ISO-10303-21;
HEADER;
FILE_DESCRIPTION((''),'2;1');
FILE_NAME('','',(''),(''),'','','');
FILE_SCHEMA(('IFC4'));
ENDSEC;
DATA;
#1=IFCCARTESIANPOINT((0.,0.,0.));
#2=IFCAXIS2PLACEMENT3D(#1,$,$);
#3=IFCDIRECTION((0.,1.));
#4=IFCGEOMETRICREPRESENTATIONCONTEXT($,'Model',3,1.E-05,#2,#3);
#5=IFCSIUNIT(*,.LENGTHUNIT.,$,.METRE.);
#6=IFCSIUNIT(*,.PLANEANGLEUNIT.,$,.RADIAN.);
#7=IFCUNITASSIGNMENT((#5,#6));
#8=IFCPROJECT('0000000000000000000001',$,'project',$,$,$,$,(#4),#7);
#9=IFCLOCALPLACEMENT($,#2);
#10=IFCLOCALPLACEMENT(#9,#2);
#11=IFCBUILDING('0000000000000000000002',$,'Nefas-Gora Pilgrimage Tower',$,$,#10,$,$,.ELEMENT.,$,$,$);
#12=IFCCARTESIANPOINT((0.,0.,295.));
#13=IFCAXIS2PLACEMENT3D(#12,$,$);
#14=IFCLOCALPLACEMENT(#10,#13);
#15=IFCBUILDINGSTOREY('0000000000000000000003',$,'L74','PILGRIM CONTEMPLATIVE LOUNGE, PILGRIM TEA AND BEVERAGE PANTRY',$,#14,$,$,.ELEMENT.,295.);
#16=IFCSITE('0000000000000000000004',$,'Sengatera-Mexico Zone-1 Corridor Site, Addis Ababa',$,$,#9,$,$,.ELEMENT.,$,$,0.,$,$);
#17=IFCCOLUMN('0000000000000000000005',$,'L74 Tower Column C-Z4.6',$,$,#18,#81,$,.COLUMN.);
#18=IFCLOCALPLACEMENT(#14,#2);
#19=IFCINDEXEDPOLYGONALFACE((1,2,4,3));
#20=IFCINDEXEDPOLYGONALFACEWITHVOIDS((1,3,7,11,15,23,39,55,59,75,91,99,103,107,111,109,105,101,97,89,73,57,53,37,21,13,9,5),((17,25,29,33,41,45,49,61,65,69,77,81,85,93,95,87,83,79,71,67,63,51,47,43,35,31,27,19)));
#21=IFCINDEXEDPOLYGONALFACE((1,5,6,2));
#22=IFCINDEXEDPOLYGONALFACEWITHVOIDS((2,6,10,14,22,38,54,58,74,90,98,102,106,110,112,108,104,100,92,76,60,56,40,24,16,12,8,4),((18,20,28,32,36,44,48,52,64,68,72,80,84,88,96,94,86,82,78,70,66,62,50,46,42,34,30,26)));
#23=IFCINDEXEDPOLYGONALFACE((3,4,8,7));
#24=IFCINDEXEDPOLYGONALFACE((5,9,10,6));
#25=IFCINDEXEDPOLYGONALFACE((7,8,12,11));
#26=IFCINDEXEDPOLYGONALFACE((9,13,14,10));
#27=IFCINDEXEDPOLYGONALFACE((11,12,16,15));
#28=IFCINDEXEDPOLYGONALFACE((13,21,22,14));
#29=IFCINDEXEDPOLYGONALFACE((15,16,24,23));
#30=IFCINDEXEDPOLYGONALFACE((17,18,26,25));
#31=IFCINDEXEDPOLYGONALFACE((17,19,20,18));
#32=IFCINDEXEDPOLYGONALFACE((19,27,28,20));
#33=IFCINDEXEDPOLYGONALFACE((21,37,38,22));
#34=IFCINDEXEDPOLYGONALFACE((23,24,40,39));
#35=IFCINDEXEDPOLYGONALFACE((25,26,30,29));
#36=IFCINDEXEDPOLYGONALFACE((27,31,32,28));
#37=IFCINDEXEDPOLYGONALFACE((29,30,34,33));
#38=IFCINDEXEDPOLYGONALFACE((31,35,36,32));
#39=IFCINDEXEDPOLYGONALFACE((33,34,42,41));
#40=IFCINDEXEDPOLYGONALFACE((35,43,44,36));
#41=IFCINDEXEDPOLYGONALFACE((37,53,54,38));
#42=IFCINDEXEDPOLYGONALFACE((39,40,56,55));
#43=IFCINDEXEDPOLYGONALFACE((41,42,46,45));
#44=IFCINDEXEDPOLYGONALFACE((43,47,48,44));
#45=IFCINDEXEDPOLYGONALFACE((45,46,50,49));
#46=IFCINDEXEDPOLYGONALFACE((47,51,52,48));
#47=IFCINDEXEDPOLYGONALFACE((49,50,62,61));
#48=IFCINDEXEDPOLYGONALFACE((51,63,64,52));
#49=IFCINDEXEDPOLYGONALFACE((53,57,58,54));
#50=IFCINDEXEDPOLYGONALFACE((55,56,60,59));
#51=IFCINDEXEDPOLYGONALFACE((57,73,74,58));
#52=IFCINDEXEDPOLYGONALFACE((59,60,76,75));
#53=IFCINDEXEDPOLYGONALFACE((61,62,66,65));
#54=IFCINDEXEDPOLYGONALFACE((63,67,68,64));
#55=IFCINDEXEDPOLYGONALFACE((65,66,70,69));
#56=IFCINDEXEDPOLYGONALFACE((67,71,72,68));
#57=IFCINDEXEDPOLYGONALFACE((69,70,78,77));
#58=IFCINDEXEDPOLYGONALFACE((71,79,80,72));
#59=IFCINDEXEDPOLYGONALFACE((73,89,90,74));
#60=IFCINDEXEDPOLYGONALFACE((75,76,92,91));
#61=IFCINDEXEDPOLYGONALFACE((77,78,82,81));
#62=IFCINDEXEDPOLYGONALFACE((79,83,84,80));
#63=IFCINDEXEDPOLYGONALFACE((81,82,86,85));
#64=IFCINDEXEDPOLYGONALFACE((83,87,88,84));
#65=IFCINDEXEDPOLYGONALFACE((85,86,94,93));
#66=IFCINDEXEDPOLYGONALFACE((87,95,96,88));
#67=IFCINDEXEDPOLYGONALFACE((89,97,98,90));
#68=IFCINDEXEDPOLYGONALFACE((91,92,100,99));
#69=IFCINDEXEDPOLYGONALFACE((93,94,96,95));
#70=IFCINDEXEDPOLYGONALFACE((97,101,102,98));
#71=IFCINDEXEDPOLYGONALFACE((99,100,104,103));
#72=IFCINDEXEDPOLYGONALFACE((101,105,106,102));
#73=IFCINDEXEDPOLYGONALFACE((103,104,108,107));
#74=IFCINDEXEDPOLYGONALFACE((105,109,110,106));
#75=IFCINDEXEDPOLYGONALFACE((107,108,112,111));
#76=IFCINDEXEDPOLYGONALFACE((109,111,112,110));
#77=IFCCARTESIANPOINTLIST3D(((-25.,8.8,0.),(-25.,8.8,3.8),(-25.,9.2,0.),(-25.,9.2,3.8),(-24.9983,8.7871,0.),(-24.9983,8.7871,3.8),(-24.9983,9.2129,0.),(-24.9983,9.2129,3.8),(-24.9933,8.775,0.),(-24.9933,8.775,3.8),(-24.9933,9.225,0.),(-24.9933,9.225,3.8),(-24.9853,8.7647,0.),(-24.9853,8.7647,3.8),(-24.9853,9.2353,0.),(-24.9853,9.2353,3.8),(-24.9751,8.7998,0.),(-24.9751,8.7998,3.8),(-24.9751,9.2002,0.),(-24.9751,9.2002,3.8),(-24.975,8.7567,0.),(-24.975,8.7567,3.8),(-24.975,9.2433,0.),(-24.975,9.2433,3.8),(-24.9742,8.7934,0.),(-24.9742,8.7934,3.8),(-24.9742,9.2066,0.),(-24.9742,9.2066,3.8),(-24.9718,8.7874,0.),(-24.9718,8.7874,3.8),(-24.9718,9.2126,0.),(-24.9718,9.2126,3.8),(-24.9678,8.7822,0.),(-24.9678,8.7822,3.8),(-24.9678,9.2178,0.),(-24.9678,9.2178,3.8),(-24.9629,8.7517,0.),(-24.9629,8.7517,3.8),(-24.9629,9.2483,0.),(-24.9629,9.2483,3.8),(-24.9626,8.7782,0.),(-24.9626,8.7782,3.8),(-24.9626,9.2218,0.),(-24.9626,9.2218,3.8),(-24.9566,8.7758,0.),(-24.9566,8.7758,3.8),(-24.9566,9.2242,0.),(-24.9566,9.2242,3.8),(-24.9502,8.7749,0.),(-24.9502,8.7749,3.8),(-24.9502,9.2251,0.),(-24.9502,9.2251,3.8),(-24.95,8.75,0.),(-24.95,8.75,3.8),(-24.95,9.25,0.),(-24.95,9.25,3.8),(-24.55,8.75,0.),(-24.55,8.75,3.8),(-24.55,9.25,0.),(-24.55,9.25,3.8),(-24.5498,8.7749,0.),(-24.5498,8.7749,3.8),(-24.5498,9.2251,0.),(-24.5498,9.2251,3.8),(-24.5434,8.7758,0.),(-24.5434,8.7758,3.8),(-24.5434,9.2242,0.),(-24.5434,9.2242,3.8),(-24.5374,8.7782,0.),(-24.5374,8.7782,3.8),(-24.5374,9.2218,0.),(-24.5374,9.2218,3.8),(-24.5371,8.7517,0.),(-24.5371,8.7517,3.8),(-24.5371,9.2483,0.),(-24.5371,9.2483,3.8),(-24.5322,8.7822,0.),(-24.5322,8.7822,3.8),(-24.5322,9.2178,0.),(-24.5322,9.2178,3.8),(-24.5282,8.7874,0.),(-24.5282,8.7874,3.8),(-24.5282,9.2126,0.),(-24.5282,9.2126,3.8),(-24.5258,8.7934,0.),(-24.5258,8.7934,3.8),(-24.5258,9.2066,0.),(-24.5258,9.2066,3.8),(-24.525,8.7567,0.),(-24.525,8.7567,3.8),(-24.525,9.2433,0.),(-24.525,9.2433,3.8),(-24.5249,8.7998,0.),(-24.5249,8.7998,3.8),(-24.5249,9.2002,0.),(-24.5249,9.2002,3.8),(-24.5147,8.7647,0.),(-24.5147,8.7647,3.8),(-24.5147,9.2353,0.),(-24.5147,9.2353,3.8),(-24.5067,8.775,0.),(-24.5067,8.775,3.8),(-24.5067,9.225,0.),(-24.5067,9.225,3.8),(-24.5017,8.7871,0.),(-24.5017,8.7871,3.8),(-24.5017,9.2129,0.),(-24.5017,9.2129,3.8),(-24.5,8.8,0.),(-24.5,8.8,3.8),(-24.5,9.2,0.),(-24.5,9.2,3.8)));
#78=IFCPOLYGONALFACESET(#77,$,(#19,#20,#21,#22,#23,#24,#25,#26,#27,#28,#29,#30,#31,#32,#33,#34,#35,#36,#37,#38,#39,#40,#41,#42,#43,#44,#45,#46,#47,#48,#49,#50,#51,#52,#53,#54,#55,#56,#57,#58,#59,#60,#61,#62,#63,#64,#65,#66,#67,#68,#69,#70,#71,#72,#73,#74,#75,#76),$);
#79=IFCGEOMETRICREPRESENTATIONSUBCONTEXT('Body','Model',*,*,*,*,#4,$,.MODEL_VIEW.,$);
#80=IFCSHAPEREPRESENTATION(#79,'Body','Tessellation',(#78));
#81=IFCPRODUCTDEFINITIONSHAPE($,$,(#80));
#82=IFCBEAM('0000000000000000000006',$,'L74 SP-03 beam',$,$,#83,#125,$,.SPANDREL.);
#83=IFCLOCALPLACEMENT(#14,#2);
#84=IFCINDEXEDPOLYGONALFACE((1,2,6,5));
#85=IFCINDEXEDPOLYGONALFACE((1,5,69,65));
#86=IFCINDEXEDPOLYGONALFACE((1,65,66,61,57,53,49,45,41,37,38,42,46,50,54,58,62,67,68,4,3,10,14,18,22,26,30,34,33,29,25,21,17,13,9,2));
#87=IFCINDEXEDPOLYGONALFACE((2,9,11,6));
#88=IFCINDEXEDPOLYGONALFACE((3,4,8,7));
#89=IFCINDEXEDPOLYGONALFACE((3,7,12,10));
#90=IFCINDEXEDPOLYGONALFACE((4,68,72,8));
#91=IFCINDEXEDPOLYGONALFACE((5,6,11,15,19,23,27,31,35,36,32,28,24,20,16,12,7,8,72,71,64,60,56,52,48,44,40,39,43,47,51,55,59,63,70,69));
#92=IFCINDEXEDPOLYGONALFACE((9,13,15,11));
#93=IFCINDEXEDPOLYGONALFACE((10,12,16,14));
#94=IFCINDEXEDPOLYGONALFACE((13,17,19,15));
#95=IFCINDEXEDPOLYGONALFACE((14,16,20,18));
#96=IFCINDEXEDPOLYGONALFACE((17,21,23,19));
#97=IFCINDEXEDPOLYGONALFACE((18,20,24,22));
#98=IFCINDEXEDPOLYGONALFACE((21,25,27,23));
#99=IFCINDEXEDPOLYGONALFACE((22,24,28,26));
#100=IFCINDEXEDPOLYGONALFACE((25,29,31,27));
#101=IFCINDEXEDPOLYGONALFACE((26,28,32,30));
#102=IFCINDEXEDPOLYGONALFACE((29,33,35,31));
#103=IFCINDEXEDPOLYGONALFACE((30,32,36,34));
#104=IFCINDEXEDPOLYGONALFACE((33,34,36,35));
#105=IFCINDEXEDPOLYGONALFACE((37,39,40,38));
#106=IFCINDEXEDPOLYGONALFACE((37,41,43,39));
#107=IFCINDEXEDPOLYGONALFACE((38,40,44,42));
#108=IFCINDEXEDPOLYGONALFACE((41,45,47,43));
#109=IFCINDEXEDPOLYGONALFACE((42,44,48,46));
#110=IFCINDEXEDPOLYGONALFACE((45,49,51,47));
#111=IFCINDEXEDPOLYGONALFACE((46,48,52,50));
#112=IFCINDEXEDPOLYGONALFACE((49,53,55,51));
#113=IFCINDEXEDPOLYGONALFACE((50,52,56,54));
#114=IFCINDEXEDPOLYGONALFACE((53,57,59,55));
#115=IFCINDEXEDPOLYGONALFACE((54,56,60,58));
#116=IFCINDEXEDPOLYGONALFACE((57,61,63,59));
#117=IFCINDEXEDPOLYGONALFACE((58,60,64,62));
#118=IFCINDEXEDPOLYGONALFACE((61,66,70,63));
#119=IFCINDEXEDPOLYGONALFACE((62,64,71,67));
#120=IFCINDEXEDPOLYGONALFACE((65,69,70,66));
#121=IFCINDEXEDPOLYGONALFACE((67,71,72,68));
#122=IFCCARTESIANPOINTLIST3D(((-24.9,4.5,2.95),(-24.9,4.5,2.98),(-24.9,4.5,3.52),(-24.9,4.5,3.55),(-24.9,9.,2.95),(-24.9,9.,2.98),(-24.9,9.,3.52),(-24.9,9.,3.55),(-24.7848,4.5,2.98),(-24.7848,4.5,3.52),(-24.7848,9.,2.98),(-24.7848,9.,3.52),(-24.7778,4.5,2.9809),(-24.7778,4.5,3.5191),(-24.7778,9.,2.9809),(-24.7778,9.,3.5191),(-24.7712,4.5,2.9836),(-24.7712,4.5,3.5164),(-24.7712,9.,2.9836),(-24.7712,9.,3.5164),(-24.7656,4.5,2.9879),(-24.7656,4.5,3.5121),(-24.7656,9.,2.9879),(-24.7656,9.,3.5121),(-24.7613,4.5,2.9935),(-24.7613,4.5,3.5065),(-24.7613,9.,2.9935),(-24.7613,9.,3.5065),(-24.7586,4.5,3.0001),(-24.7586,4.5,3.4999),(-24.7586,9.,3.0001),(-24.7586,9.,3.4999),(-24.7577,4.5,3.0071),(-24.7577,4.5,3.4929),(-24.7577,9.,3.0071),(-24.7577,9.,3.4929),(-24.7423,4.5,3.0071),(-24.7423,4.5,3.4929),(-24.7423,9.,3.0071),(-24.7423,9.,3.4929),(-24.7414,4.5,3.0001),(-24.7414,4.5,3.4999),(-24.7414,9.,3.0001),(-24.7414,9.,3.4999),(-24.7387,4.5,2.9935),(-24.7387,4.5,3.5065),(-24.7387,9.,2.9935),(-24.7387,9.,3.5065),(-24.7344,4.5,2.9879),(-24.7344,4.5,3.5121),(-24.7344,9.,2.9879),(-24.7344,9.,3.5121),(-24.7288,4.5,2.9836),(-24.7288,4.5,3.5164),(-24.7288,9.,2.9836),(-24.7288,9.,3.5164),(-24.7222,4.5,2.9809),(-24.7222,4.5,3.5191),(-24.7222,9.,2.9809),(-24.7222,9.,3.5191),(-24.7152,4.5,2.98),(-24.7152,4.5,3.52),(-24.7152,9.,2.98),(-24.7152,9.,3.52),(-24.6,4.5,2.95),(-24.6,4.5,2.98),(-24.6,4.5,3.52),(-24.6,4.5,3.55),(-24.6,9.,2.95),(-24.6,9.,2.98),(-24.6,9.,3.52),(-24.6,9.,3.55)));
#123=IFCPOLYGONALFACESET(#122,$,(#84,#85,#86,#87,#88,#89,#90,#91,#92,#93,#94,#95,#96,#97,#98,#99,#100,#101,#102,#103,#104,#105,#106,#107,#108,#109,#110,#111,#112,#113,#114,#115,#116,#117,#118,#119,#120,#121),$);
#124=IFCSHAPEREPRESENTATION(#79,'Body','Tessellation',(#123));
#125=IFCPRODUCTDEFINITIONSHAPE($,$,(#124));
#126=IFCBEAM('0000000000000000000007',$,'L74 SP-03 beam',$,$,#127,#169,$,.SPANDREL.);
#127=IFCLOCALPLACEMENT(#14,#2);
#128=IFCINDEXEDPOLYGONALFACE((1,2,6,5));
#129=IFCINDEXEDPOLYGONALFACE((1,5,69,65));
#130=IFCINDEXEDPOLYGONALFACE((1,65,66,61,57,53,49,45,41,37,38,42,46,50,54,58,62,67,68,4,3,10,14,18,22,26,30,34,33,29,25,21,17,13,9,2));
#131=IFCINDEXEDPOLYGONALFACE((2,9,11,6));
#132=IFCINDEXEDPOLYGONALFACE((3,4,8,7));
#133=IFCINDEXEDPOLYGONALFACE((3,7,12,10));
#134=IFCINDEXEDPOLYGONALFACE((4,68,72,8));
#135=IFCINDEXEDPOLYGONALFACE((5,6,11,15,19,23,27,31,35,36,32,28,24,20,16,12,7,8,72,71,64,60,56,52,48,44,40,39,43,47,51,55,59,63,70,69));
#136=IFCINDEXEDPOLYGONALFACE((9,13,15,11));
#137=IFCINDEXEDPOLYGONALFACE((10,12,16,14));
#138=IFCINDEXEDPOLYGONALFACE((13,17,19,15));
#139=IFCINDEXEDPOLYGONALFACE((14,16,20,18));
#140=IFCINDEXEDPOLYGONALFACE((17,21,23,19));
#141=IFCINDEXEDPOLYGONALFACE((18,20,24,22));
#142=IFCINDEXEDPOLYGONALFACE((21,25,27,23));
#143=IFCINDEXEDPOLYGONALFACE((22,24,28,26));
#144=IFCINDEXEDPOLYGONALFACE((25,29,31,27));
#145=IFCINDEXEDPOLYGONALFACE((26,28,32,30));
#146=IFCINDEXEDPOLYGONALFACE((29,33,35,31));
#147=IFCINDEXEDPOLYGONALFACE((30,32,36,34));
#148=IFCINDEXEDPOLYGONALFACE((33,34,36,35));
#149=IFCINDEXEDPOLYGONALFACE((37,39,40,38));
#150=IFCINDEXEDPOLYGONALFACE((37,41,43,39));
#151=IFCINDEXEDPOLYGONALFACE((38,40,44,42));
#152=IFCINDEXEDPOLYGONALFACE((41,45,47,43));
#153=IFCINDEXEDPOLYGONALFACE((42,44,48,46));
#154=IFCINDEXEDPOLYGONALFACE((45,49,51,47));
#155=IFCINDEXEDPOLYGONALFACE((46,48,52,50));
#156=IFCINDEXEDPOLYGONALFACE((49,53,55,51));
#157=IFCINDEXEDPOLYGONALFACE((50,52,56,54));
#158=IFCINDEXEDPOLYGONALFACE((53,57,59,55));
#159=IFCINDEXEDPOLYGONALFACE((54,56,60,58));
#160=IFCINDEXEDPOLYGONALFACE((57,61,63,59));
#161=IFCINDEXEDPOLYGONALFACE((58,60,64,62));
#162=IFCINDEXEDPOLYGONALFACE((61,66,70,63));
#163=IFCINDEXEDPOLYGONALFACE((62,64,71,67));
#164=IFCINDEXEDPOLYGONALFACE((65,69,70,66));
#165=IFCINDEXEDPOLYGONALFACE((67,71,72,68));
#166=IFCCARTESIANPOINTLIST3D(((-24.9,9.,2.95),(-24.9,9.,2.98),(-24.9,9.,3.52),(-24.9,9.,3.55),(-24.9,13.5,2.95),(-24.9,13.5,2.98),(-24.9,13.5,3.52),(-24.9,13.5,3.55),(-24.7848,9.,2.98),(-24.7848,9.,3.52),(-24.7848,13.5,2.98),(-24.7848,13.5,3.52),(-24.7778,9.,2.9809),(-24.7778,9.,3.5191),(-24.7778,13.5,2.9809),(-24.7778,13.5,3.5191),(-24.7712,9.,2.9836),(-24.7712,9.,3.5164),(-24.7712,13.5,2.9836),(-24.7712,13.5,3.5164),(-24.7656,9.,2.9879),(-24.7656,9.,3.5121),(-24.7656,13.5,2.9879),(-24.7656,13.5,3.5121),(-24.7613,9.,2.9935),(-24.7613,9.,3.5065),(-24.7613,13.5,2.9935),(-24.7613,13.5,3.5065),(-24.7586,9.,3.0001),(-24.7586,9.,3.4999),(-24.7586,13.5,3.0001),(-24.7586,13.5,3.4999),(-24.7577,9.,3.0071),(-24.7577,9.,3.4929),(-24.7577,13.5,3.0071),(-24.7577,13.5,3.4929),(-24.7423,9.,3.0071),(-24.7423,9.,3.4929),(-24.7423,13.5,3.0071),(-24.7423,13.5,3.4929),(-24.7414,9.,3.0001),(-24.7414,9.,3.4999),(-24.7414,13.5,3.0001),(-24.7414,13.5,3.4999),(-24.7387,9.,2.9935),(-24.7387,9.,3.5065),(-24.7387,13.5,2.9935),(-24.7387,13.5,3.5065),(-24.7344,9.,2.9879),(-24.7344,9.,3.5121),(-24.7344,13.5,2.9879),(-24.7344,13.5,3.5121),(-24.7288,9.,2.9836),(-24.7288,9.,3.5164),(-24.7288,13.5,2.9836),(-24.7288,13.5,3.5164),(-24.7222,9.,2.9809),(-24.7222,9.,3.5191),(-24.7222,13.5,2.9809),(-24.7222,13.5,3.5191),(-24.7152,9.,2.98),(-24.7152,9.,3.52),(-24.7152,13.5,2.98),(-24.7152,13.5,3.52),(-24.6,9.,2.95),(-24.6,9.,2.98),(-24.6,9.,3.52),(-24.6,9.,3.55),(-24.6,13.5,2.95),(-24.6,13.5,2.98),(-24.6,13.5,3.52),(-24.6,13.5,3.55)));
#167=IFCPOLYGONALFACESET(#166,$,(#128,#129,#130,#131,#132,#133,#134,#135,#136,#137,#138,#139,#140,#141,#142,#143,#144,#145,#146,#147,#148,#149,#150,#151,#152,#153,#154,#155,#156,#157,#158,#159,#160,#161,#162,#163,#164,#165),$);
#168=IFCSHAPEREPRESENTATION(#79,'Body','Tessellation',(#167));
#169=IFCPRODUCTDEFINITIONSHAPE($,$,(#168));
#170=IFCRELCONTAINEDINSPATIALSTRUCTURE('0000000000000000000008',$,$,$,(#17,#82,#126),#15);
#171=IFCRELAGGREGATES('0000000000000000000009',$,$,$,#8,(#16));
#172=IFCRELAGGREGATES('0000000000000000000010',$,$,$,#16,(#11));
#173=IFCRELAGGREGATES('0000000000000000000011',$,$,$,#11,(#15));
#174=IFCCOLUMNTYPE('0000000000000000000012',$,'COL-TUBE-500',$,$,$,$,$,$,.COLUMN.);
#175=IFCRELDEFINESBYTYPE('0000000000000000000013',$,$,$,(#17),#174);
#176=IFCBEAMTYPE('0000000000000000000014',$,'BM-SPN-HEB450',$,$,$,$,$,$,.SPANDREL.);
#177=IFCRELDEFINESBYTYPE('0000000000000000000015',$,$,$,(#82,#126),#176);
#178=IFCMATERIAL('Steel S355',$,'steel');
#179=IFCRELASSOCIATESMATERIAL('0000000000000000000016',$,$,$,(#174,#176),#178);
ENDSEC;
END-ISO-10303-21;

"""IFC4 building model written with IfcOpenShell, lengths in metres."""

from ifc_helpers import new_model, si_unit, direction, frame, origin, origin_2d, place, context, subcontext, project, spatial, hollow_rectangle, i_section, extrude, source, transform, mapped, material, material_profile, profile_set, type_object, element, save


model = new_model("IFC4")

# Units and contexts
model_context = context("Model", 3, precision=1e-05, world=origin(), true_north=direction((0.0, 1.0)))
body_context = subcontext(model_context, "Body", "Model", "MODEL_VIEW")
ifc_project = project(units=[si_unit("LENGTHUNIT", "METRE"), si_unit("PLANEANGLEUNIT", "RADIAN")], contexts=[model_context])

# Site, building, storey
site_placement = place(None, origin())
site = spatial("IfcSite", under=ifc_project, at=site_placement, Name="Sengatera-Mexico Zone-1 Corridor Site, Addis Ababa", CompositionType="ELEMENT", RefElevation=0.0)
building_placement = place(site_placement, origin())
building = spatial("IfcBuilding", under=site, at=building_placement, Name="Nefas-Gora Pilgrimage Tower", CompositionType="ELEMENT")
storey_placement = place(building_placement, frame((0.0, 0.0, 295.0)))
storey = spatial("IfcBuildingStorey", under=building, at=storey_placement, Name="L74", Description="PILGRIM CONTEMPLATIVE LOUNGE, PILGRIM TEA AND BEVERAGE PANTRY", CompositionType="ELEMENT", Elevation=295.0)

# Column
ifc_material_1 = material(Name="Steel S355", Category="steel")
ifc_material_profile_1 = material_profile(ifc_material_1, hollow_rectangle(XDim=0.5, YDim=0.5, WallThickness=0.0249, InnerFilletRadius=0.0249, OuterFilletRadius=0.05, at=origin_2d()), Name="SHS 500x500x25")
ifc_profile_set_1 = profile_set([ifc_material_profile_1], Name="Steel S355")
column_type_1 = type_object("IfcColumnType", Name="COL-TUBE-500", PredefinedType="COLUMN", material=ifc_profile_set_1)
shared_shape_1 = source(origin(), body_context, "Body", "SweptSolid", [
    extrude(hollow_rectangle(XDim=0.5, YDim=0.5, WallThickness=0.0249, InnerFilletRadius=0.0249, OuterFilletRadius=0.05, at=origin_2d()), origin(), (0.0, 0.0, 1.0), 3.8),
])
for number, where, z_axis, x_axis, name in (
    (1, (-24.75, 9.0, 0.0), (0.0, 0.0, 1.0), (1.0, 0.0, 0.0), "L74 Tower Column C-Z4.6"),
):
    element("IfcColumn", number, at=place(storey_placement, frame(where, z_axis=z_axis, x_axis=x_axis)), inside=storey, type_object=column_type_1, Name=name, PredefinedType="COLUMN", context=body_context, shape_type="MappedRepresentation", body=[
        mapped(shared_shape_1, transform((0.0, 0.0, 0.0), x_axis=(1.0, 0.0, 0.0), y_axis=(0.0, 1.0, 0.0), z_axis=(0.0, 0.0, 1.0), scale=1.0)),
    ])

# Beams
ifc_material_profile_2 = material_profile(ifc_material_1, i_section(OverallWidth=0.3, OverallDepth=0.6001, WebThickness=0.0154, FlangeThickness=0.03, FilletRadius=0.0271, at=origin_2d()), Name="HEB 600")
ifc_profile_set_2 = profile_set([ifc_material_profile_2], Name="Steel S355")
beam_type_1 = type_object("IfcBeamType", Name="BM-SPN-HEB450", PredefinedType="SPANDREL", material=ifc_profile_set_2)
shared_shape_2 = source(origin(), body_context, "Body", "SweptSolid", [
    extrude(i_section(OverallWidth=0.3, OverallDepth=0.6001, WebThickness=0.0154, FlangeThickness=0.03, FilletRadius=0.0271, at=origin_2d()), origin(), (0.0, 0.0, 1.0), 4.5),
])
for number, where, z_axis, x_axis, name in (
    (2, (-24.75, 4.5, 3.25), (0.0, 1.0, 0.0), (-1.0, 0.0, 0.0), "L74 SP-03 beam"),
    (3, (-24.75, 9.0, 3.25), (0.0, 1.0, 0.0), (-1.0, 0.0, 0.0), "L74 SP-03 beam"),
):
    element("IfcBeam", number, at=place(storey_placement, frame(where, z_axis=z_axis, x_axis=x_axis)), inside=storey, type_object=beam_type_1, Name=name, PredefinedType="SPANDREL", context=body_context, shape_type="MappedRepresentation", body=[
        mapped(shared_shape_2, transform((0.0, 0.0, 0.0), x_axis=(1.0, 0.0, 0.0), y_axis=(0.0, 1.0, 0.0), z_axis=(0.0, 0.0, 1.0), scale=1.0)),
    ])

save(model, "model.ifc")
